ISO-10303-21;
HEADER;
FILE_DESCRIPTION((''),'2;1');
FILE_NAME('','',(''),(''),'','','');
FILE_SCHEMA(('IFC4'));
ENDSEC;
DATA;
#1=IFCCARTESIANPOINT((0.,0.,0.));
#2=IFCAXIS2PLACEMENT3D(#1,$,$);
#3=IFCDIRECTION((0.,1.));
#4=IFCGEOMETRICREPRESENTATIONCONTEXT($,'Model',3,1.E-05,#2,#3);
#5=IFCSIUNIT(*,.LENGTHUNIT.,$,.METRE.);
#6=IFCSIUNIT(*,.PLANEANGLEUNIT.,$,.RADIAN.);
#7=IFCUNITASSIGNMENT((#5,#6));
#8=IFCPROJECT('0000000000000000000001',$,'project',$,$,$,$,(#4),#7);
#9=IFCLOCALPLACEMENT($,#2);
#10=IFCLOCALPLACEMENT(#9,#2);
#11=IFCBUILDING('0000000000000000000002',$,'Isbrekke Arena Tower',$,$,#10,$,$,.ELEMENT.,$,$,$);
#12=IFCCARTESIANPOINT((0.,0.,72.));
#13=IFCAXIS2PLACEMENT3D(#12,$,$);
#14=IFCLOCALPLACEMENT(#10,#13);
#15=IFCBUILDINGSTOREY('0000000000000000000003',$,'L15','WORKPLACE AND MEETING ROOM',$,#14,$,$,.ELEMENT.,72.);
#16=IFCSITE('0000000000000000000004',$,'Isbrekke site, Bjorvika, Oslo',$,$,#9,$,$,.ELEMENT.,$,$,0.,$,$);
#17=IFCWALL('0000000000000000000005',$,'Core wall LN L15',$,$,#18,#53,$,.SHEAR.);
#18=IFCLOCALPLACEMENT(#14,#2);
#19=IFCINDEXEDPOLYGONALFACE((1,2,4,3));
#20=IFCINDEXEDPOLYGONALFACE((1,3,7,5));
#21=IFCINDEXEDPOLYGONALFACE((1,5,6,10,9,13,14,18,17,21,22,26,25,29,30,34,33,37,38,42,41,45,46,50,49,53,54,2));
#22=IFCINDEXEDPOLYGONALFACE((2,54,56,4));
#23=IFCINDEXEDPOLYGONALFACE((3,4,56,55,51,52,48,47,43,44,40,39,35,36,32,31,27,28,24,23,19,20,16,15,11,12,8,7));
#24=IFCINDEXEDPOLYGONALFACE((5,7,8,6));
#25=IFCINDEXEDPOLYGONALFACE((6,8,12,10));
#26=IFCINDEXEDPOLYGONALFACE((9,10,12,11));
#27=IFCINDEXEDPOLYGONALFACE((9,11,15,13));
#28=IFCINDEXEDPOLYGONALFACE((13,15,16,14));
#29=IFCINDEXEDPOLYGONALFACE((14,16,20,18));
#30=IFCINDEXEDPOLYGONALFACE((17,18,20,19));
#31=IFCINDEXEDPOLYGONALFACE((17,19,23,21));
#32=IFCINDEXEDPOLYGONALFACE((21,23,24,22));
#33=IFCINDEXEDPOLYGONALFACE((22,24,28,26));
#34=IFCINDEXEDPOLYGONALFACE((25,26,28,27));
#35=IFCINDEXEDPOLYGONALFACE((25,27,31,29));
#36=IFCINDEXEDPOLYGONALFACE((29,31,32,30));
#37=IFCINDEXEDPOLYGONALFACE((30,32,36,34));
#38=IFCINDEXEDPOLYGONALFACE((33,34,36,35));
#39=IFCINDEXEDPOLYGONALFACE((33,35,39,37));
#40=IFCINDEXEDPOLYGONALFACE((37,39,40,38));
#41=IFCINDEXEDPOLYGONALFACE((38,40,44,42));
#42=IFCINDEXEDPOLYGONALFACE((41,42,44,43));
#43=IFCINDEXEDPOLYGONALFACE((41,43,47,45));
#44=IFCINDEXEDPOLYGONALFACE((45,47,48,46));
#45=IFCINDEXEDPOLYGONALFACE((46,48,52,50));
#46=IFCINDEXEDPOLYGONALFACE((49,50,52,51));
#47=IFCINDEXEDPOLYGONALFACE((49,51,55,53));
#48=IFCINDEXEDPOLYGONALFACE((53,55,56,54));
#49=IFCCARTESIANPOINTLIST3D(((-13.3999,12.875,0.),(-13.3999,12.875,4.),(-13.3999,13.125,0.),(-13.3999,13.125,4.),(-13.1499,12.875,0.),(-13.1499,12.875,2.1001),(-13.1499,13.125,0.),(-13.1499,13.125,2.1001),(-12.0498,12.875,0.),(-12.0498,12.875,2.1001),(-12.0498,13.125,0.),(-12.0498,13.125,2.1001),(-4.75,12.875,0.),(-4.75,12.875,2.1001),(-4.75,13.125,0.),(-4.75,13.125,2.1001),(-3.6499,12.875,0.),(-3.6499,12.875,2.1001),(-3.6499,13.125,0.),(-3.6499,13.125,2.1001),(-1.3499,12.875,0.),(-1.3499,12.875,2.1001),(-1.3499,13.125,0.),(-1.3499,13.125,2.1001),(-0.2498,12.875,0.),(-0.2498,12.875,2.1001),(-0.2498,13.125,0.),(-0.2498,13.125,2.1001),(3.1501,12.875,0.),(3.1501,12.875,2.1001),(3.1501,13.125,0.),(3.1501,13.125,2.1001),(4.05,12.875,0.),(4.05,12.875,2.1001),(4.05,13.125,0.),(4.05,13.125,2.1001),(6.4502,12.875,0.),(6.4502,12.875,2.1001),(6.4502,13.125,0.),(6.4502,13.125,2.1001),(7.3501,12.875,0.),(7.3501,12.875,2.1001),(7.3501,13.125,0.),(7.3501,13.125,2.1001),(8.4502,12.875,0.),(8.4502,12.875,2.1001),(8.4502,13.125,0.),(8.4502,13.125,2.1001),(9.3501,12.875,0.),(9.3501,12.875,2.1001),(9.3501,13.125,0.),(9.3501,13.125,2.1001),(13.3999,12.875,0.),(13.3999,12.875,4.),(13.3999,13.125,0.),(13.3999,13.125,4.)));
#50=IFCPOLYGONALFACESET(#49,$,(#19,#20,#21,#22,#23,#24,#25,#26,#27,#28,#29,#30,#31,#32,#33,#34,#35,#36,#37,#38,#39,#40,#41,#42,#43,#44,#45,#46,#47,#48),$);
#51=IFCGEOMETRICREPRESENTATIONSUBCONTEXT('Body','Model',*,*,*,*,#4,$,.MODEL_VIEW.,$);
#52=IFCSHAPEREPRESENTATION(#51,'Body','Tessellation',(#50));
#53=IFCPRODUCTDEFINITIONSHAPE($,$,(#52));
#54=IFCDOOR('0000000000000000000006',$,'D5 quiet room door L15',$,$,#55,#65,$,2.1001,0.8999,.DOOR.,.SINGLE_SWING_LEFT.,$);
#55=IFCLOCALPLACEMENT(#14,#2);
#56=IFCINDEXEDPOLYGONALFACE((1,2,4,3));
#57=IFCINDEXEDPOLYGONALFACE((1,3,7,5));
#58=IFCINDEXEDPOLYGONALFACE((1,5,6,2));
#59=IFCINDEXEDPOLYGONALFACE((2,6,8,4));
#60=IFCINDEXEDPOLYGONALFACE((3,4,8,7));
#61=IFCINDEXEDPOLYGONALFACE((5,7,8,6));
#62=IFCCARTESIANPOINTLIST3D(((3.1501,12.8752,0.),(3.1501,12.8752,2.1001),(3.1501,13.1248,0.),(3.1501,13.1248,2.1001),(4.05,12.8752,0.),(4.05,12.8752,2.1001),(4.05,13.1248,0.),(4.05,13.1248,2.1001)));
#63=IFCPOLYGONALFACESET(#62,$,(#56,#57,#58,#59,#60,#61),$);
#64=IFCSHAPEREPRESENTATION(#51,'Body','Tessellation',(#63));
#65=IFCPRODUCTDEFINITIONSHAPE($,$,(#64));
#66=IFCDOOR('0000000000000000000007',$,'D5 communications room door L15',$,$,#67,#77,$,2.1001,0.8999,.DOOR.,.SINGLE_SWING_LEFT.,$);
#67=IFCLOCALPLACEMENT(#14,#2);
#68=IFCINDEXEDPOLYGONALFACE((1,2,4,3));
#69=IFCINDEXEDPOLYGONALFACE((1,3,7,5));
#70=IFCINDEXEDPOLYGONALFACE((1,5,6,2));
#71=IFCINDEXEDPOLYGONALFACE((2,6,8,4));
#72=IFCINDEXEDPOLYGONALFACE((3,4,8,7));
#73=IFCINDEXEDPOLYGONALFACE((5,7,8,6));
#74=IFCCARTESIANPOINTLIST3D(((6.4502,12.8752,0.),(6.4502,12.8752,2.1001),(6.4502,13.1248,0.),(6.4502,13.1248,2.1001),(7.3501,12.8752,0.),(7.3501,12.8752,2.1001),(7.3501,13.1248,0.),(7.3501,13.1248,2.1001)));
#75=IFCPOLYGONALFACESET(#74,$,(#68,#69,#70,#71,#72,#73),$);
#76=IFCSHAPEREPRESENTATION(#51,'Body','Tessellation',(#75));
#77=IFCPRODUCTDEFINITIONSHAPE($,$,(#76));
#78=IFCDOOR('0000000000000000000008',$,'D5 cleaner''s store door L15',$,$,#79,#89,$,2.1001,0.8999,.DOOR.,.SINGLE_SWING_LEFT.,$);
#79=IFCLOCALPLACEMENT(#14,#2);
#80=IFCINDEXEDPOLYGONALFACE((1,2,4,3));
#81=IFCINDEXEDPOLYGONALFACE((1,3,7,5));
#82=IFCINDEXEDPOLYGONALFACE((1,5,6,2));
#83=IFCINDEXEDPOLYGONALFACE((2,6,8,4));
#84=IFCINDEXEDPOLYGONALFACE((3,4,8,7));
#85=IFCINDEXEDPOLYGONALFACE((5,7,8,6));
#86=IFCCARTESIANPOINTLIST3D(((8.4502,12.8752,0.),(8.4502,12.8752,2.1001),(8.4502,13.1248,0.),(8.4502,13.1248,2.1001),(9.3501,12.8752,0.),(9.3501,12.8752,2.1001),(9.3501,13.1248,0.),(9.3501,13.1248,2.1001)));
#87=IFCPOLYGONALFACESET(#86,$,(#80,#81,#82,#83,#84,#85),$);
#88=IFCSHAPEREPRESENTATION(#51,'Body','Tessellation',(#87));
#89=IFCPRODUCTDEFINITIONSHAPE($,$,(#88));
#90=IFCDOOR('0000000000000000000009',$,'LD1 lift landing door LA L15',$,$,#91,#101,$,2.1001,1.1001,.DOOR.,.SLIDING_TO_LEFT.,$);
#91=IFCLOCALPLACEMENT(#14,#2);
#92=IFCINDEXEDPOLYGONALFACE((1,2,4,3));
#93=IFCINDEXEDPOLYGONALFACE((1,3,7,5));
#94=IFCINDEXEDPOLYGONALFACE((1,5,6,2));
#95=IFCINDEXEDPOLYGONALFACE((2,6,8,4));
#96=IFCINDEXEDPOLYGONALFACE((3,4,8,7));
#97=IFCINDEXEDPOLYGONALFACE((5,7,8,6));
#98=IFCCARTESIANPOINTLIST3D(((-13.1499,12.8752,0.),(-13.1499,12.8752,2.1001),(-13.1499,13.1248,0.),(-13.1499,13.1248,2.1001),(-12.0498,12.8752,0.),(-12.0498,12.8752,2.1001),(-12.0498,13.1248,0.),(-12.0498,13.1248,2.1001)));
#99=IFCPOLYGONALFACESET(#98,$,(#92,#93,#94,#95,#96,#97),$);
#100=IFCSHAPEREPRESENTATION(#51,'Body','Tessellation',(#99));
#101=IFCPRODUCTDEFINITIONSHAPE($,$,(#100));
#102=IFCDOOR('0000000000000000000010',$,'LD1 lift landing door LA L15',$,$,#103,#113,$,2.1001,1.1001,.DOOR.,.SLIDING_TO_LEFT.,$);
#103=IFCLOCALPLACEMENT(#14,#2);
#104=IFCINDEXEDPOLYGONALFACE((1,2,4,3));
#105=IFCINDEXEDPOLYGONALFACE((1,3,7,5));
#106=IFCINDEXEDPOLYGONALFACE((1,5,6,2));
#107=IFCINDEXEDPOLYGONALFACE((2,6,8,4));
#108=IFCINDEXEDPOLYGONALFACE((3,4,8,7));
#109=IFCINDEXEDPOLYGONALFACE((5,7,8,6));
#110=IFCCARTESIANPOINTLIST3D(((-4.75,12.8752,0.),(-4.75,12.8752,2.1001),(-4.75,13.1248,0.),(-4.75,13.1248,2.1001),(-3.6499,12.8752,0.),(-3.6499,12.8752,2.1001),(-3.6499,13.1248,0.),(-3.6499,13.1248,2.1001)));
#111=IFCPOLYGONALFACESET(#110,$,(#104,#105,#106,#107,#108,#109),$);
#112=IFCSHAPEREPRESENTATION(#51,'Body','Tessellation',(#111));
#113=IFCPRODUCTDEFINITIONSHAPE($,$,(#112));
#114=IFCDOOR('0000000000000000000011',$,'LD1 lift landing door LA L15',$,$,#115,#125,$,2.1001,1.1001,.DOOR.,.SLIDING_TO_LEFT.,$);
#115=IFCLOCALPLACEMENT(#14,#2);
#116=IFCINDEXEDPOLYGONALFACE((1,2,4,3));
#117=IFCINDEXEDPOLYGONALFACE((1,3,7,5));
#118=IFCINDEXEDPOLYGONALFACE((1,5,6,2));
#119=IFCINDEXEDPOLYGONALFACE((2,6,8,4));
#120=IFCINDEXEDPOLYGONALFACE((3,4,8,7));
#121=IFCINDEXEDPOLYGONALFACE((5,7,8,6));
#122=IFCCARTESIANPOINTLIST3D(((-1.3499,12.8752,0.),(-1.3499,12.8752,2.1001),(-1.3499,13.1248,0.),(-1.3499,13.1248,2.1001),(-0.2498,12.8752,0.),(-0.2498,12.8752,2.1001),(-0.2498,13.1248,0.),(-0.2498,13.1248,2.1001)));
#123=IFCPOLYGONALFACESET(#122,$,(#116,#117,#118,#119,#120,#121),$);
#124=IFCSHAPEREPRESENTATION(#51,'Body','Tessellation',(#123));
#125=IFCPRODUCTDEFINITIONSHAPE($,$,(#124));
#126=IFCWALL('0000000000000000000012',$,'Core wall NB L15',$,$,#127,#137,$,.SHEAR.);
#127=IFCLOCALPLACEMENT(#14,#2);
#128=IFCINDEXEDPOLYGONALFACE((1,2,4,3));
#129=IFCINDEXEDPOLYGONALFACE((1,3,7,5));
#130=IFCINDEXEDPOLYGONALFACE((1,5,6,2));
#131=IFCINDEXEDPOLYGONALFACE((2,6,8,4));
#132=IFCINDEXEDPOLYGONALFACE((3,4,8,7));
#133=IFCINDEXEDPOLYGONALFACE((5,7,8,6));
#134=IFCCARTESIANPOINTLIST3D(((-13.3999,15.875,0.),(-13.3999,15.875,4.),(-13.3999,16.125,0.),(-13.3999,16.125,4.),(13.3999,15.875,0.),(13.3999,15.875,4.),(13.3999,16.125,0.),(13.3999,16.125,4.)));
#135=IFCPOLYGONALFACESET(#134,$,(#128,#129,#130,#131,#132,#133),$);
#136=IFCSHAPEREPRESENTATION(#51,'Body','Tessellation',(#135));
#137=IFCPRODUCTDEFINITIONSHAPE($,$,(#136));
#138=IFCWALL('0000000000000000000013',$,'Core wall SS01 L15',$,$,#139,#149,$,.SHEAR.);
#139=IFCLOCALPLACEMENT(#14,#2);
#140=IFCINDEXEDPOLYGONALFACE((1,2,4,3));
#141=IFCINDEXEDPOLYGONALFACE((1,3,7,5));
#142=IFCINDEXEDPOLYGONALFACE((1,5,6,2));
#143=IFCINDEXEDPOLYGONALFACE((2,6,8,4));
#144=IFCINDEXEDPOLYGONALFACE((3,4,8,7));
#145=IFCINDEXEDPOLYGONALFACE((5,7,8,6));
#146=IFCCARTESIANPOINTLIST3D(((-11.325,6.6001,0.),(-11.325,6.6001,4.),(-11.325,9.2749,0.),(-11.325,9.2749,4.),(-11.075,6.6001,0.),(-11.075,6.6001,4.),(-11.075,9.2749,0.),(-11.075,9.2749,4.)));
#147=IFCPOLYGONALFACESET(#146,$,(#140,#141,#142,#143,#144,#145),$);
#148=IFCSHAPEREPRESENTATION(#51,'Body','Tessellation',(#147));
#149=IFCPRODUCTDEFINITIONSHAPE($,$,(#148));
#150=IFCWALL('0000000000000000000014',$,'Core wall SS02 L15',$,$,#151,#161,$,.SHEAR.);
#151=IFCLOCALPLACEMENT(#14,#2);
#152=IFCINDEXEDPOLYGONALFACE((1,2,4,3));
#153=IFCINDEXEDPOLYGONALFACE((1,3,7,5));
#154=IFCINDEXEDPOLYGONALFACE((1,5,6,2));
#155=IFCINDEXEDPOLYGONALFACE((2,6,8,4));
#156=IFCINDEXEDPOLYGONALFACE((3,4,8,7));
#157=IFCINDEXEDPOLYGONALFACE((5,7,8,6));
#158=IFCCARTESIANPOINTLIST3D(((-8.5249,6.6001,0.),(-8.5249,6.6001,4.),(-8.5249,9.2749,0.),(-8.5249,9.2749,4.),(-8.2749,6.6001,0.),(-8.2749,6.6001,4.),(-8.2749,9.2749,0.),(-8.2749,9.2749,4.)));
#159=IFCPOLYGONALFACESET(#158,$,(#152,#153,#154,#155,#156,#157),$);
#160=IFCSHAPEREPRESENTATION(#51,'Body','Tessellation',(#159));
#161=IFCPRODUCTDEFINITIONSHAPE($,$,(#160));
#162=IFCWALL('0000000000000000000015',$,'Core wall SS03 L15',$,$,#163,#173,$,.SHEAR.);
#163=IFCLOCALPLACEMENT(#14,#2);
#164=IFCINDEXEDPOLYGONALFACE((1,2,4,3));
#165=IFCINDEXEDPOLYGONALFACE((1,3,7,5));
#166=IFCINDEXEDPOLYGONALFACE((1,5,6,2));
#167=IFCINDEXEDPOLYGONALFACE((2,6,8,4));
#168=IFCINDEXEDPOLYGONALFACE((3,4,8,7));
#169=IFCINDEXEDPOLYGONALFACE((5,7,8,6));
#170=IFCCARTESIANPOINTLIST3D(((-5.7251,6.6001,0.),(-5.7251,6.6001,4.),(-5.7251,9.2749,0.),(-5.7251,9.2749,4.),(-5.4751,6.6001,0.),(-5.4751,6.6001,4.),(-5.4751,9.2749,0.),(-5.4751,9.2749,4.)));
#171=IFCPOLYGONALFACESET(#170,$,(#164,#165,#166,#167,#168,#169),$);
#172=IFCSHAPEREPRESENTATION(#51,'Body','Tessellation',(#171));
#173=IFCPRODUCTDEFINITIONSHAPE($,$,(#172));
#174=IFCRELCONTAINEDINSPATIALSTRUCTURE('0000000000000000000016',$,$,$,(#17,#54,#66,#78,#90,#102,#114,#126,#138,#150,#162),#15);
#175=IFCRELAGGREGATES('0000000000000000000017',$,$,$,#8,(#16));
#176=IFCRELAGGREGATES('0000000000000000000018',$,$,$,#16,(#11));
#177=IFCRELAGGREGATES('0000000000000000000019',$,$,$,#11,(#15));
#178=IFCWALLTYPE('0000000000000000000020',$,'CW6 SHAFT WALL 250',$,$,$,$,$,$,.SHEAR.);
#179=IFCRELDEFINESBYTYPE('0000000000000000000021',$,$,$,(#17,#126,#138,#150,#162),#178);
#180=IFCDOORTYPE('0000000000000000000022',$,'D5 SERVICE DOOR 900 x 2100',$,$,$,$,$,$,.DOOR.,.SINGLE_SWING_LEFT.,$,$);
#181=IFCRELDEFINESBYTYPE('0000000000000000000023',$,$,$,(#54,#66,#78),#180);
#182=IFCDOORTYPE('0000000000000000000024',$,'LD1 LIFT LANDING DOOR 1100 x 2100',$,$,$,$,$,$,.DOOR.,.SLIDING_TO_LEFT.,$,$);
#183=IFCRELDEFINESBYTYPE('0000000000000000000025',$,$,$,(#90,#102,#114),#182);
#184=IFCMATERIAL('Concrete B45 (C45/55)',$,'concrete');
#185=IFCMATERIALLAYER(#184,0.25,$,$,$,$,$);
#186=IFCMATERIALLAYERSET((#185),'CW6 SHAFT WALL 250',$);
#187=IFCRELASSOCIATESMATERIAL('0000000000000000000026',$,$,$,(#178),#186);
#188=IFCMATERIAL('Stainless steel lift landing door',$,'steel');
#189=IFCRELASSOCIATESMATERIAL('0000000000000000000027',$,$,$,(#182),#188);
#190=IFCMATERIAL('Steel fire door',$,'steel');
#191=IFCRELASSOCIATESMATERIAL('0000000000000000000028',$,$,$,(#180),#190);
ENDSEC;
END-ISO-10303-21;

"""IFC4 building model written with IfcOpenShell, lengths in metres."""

from ifc_helpers import new_model, si_unit, direction, frame, frame_2d, origin, place, context, subcontext, project, spatial, rectangle, extrude, material, layer, layer_set, type_object, element, fill, save


model = new_model("IFC4")

# Units and contexts
model_context = context("Model", 3, precision=1e-05, world=origin(), true_north=direction((0.0, 1.0)))
body_context = subcontext(model_context, "Body", "Model", "MODEL_VIEW")
ifc_project = project(units=[si_unit("LENGTHUNIT", "METRE"), si_unit("PLANEANGLEUNIT", "RADIAN")], contexts=[model_context])

# Site, building, storey
site_placement = place(None, origin())
site = spatial("IfcSite", under=ifc_project, at=site_placement, Name="Isbrekke site, Bjorvika, Oslo", CompositionType="ELEMENT", RefElevation=0.0)
building_placement = place(site_placement, origin())
building = spatial("IfcBuilding", under=site, at=building_placement, Name="Isbrekke Arena Tower", CompositionType="ELEMENT")
storey_placement = place(building_placement, frame((0.0, 0.0, 72.0)))
storey = spatial("IfcBuildingStorey", under=building, at=storey_placement, Name="L15", Description="WORKPLACE AND MEETING ROOM", CompositionType="ELEMENT", Elevation=72.0)

# Wall, openings, doors
ifc_material_1 = material(Name="Concrete B45 (C45/55)", Category="concrete")
ifc_layer_1 = layer(ifc_material_1, 0.25)
ifc_layer_set_1 = layer_set([ifc_layer_1], Name="CW6 SHAFT WALL 250")
wall_type_1 = type_object("IfcWallType", Name="CW6 SHAFT WALL 250", PredefinedType="SHEAR", material=ifc_layer_set_1)
ifc_material_2 = material(Name="Stainless steel lift landing door", Category="steel")
door_type_1 = type_object("IfcDoorType", Name="LD1 LIFT LANDING DOOR 1100 x 2100", OperationType="SLIDING_TO_LEFT", PredefinedType="DOOR", material=ifc_material_2)
wall_1_placement = place(storey_placement, frame((-13.3999, 13.0, 0.0), z_axis=(0.0, 0.0, 1.0), x_axis=(1.0, 0.0, 0.0)))
wall_1 = element("IfcWall", 1, at=wall_1_placement, inside=storey, type_object=wall_type_1, Name="Core wall LN L15", PredefinedType="SHEAR", context=body_context, shape_type="SweptSolid", body=[
    extrude(rectangle(XDim=26.7998, YDim=0.25, at=frame_2d((13.3999, 0.0))), origin(), (0.0, 0.0, 1.0), 4.0),
])
opening_1_placement = place(wall_1_placement, frame((0.25, 0.0, 0.0)))
opening_1 = element("IfcOpeningElement", 2, at=opening_1_placement, cuts=wall_1, PredefinedType="OPENING", context=body_context, shape_type="SweptSolid", body=[
    extrude(rectangle(XDim=1.1001, YDim=2.1001, at=frame_2d((0.55, 1.05))), frame((0.0, 0.1399, 0.0), z_axis=(0.0, -1.0, 0.0), x_axis=(1.0, 0.0, 0.0)), (0.0, 0.0, 1.0), 0.2798),
])
opening_2_placement = place(wall_1_placement, frame((8.6499, 0.0, 0.0)))
opening_2 = element("IfcOpeningElement", 3, at=opening_2_placement, cuts=wall_1, PredefinedType="OPENING", context=body_context, shape_type="SweptSolid", body=[
    extrude(rectangle(XDim=1.1001, YDim=2.1001, at=frame_2d((0.55, 1.05))), frame((0.0, 0.1399, 0.0), z_axis=(0.0, -1.0, 0.0), x_axis=(1.0, 0.0, 0.0)), (0.0, 0.0, 1.0), 0.2798),
])
opening_3_placement = place(wall_1_placement, frame((12.05, 0.0, 0.0)))
opening_3 = element("IfcOpeningElement", 4, at=opening_3_placement, cuts=wall_1, PredefinedType="OPENING", context=body_context, shape_type="SweptSolid", body=[
    extrude(rectangle(XDim=1.1001, YDim=2.1001, at=frame_2d((0.55, 1.05))), frame((0.0, 0.1399, 0.0), z_axis=(0.0, -1.0, 0.0), x_axis=(1.0, 0.0, 0.0)), (0.0, 0.0, 1.0), 0.2798),
])
opening_4_placement = place(wall_1_placement, frame((16.55, 0.0, 0.0)))
opening_4 = element("IfcOpeningElement", 5, at=opening_4_placement, cuts=wall_1, PredefinedType="OPENING", context=body_context, shape_type="SweptSolid", body=[
    extrude(rectangle(XDim=0.8999, YDim=2.1001, at=frame_2d((0.45, 1.05))), frame((0.0, 0.1399, 0.0), z_axis=(0.0, -1.0, 0.0), x_axis=(1.0, 0.0, 0.0)), (0.0, 0.0, 1.0), 0.2798),
])
opening_5_placement = place(wall_1_placement, frame((19.8501, 0.0, 0.0)))
opening_5 = element("IfcOpeningElement", 6, at=opening_5_placement, cuts=wall_1, PredefinedType="OPENING", context=body_context, shape_type="SweptSolid", body=[
    extrude(rectangle(XDim=0.8999, YDim=2.1001, at=frame_2d((0.45, 1.05))), frame((0.0, 0.1399, 0.0), z_axis=(0.0, -1.0, 0.0), x_axis=(1.0, 0.0, 0.0)), (0.0, 0.0, 1.0), 0.2798),
])
opening_6_placement = place(wall_1_placement, frame((21.8501, 0.0, 0.0)))
opening_6 = element("IfcOpeningElement", 7, at=opening_6_placement, cuts=wall_1, PredefinedType="OPENING", context=body_context, shape_type="SweptSolid", body=[
    extrude(rectangle(XDim=0.8999, YDim=2.1001, at=frame_2d((0.45, 1.05))), frame((0.0, 0.1399, 0.0), z_axis=(0.0, -1.0, 0.0), x_axis=(1.0, 0.0, 0.0)), (0.0, 0.0, 1.0), 0.2798),
])
ifc_material_3 = material(Name="Steel fire door", Category="steel")
door_type_2 = type_object("IfcDoorType", Name="D5 SERVICE DOOR 900 x 2100", OperationType="SINGLE_SWING_LEFT", PredefinedType="DOOR", material=ifc_material_3)
door_1_placement = place(opening_4_placement, origin())
door_1 = element("IfcDoor", 8, at=door_1_placement, inside=storey, type_object=door_type_2, Name="D5 quiet room door L15", OperationType="SINGLE_SWING_LEFT", OverallHeight=2.1001, OverallWidth=0.8999, PredefinedType="DOOR", context=body_context, shape_type="SweptSolid", body=[
    extrude(rectangle(XDim=0.8999, YDim=2.1001, at=frame_2d((0.45, 1.05))), frame((0.0, 0.1248, 0.0), z_axis=(0.0, -1.0, 0.0), x_axis=(1.0, 0.0, 0.0)), (0.0, 0.0, 1.0), 0.2495),
])
fill(opening_4, door_1)
door_2_placement = place(opening_5_placement, origin())
door_2 = element("IfcDoor", 9, at=door_2_placement, inside=storey, type_object=door_type_2, Name="D5 communications room door L15", OperationType="SINGLE_SWING_LEFT", OverallHeight=2.1001, OverallWidth=0.8999, PredefinedType="DOOR", context=body_context, shape_type="SweptSolid", body=[
    extrude(rectangle(XDim=0.8999, YDim=2.1001, at=frame_2d((0.45, 1.05))), frame((0.0, 0.1248, 0.0), z_axis=(0.0, -1.0, 0.0), x_axis=(1.0, 0.0, 0.0)), (0.0, 0.0, 1.0), 0.2495),
])
fill(opening_5, door_2)
door_3_placement = place(opening_6_placement, origin())
door_3 = element("IfcDoor", 10, at=door_3_placement, inside=storey, type_object=door_type_2, Name="D5 cleaner's store door L15", OperationType="SINGLE_SWING_LEFT", OverallHeight=2.1001, OverallWidth=0.8999, PredefinedType="DOOR", context=body_context, shape_type="SweptSolid", body=[
    extrude(rectangle(XDim=0.8999, YDim=2.1001, at=frame_2d((0.45, 1.05))), frame((0.0, 0.1248, 0.0), z_axis=(0.0, -1.0, 0.0), x_axis=(1.0, 0.0, 0.0)), (0.0, 0.0, 1.0), 0.2495),
])
fill(opening_6, door_3)
door_4_placement = place(opening_1_placement, origin())
door_4 = element("IfcDoor", 11, at=door_4_placement, inside=storey, type_object=door_type_1, Name="LD1 lift landing door LA L15", OperationType="SLIDING_TO_LEFT", OverallHeight=2.1001, OverallWidth=1.1001, PredefinedType="DOOR", context=body_context, shape_type="SweptSolid", body=[
    extrude(rectangle(XDim=1.1001, YDim=2.1001, at=frame_2d((0.55, 1.05))), frame((0.0, 0.1248, 0.0), z_axis=(0.0, -1.0, 0.0), x_axis=(1.0, 0.0, 0.0)), (0.0, 0.0, 1.0), 0.2495),
])
fill(opening_1, door_4)
door_5_placement = place(opening_2_placement, origin())
door_5 = element("IfcDoor", 12, at=door_5_placement, inside=storey, type_object=door_type_1, Name="LD1 lift landing door LA L15", OperationType="SLIDING_TO_LEFT", OverallHeight=2.1001, OverallWidth=1.1001, PredefinedType="DOOR", context=body_context, shape_type="SweptSolid", body=[
    extrude(rectangle(XDim=1.1001, YDim=2.1001, at=frame_2d((0.55, 1.05))), frame((0.0, 0.1248, 0.0), z_axis=(0.0, -1.0, 0.0), x_axis=(1.0, 0.0, 0.0)), (0.0, 0.0, 1.0), 0.2495),
])
fill(opening_2, door_5)
door_6_placement = place(opening_3_placement, origin())
door_6 = element("IfcDoor", 13, at=door_6_placement, inside=storey, type_object=door_type_1, Name="LD1 lift landing door LA L15", OperationType="SLIDING_TO_LEFT", OverallHeight=2.1001, OverallWidth=1.1001, PredefinedType="DOOR", context=body_context, shape_type="SweptSolid", body=[
    extrude(rectangle(XDim=1.1001, YDim=2.1001, at=frame_2d((0.55, 1.05))), frame((0.0, 0.1248, 0.0), z_axis=(0.0, -1.0, 0.0), x_axis=(1.0, 0.0, 0.0)), (0.0, 0.0, 1.0), 0.2495),
])
fill(opening_3, door_6)

# Walls
wall_2_placement = place(storey_placement, frame((-13.3999, 16.0, 0.0), z_axis=(0.0, 0.0, 1.0), x_axis=(1.0, 0.0, 0.0)))
element("IfcWall", 14, at=wall_2_placement, inside=storey, type_object=wall_type_1, Name="Core wall NB L15", PredefinedType="SHEAR", context=body_context, shape_type="SweptSolid", body=[
    extrude(rectangle(XDim=26.7998, YDim=0.25, at=frame_2d((13.3999, 0.0))), origin(), (0.0, 0.0, 1.0), 4.0),
])
for number, where, z_axis, x_axis, name in (
    (15, (-11.2, 6.6001, 0.0), (0.0, 0.0, 1.0), (0.0, 1.0, 0.0), "Core wall SS01 L15"),
    (16, (-8.3999, 6.6001, 0.0), (0.0, 0.0, 1.0), (0.0, 1.0, 0.0), "Core wall SS02 L15"),
    (17, (-5.6001, 6.6001, 0.0), (0.0, 0.0, 1.0), (0.0, 1.0, 0.0), "Core wall SS03 L15"),
):
    element("IfcWall", number, at=place(storey_placement, frame(where, z_axis=z_axis, x_axis=x_axis)), inside=storey, type_object=wall_type_1, Name=name, PredefinedType="SHEAR", context=body_context, shape_type="SweptSolid", body=[
        extrude(rectangle(XDim=2.6748, YDim=0.25, at=frame_2d((1.3374, 0.0))), origin(), (0.0, 0.0, 1.0), 4.0),
    ])

save(model, "model.ifc")
